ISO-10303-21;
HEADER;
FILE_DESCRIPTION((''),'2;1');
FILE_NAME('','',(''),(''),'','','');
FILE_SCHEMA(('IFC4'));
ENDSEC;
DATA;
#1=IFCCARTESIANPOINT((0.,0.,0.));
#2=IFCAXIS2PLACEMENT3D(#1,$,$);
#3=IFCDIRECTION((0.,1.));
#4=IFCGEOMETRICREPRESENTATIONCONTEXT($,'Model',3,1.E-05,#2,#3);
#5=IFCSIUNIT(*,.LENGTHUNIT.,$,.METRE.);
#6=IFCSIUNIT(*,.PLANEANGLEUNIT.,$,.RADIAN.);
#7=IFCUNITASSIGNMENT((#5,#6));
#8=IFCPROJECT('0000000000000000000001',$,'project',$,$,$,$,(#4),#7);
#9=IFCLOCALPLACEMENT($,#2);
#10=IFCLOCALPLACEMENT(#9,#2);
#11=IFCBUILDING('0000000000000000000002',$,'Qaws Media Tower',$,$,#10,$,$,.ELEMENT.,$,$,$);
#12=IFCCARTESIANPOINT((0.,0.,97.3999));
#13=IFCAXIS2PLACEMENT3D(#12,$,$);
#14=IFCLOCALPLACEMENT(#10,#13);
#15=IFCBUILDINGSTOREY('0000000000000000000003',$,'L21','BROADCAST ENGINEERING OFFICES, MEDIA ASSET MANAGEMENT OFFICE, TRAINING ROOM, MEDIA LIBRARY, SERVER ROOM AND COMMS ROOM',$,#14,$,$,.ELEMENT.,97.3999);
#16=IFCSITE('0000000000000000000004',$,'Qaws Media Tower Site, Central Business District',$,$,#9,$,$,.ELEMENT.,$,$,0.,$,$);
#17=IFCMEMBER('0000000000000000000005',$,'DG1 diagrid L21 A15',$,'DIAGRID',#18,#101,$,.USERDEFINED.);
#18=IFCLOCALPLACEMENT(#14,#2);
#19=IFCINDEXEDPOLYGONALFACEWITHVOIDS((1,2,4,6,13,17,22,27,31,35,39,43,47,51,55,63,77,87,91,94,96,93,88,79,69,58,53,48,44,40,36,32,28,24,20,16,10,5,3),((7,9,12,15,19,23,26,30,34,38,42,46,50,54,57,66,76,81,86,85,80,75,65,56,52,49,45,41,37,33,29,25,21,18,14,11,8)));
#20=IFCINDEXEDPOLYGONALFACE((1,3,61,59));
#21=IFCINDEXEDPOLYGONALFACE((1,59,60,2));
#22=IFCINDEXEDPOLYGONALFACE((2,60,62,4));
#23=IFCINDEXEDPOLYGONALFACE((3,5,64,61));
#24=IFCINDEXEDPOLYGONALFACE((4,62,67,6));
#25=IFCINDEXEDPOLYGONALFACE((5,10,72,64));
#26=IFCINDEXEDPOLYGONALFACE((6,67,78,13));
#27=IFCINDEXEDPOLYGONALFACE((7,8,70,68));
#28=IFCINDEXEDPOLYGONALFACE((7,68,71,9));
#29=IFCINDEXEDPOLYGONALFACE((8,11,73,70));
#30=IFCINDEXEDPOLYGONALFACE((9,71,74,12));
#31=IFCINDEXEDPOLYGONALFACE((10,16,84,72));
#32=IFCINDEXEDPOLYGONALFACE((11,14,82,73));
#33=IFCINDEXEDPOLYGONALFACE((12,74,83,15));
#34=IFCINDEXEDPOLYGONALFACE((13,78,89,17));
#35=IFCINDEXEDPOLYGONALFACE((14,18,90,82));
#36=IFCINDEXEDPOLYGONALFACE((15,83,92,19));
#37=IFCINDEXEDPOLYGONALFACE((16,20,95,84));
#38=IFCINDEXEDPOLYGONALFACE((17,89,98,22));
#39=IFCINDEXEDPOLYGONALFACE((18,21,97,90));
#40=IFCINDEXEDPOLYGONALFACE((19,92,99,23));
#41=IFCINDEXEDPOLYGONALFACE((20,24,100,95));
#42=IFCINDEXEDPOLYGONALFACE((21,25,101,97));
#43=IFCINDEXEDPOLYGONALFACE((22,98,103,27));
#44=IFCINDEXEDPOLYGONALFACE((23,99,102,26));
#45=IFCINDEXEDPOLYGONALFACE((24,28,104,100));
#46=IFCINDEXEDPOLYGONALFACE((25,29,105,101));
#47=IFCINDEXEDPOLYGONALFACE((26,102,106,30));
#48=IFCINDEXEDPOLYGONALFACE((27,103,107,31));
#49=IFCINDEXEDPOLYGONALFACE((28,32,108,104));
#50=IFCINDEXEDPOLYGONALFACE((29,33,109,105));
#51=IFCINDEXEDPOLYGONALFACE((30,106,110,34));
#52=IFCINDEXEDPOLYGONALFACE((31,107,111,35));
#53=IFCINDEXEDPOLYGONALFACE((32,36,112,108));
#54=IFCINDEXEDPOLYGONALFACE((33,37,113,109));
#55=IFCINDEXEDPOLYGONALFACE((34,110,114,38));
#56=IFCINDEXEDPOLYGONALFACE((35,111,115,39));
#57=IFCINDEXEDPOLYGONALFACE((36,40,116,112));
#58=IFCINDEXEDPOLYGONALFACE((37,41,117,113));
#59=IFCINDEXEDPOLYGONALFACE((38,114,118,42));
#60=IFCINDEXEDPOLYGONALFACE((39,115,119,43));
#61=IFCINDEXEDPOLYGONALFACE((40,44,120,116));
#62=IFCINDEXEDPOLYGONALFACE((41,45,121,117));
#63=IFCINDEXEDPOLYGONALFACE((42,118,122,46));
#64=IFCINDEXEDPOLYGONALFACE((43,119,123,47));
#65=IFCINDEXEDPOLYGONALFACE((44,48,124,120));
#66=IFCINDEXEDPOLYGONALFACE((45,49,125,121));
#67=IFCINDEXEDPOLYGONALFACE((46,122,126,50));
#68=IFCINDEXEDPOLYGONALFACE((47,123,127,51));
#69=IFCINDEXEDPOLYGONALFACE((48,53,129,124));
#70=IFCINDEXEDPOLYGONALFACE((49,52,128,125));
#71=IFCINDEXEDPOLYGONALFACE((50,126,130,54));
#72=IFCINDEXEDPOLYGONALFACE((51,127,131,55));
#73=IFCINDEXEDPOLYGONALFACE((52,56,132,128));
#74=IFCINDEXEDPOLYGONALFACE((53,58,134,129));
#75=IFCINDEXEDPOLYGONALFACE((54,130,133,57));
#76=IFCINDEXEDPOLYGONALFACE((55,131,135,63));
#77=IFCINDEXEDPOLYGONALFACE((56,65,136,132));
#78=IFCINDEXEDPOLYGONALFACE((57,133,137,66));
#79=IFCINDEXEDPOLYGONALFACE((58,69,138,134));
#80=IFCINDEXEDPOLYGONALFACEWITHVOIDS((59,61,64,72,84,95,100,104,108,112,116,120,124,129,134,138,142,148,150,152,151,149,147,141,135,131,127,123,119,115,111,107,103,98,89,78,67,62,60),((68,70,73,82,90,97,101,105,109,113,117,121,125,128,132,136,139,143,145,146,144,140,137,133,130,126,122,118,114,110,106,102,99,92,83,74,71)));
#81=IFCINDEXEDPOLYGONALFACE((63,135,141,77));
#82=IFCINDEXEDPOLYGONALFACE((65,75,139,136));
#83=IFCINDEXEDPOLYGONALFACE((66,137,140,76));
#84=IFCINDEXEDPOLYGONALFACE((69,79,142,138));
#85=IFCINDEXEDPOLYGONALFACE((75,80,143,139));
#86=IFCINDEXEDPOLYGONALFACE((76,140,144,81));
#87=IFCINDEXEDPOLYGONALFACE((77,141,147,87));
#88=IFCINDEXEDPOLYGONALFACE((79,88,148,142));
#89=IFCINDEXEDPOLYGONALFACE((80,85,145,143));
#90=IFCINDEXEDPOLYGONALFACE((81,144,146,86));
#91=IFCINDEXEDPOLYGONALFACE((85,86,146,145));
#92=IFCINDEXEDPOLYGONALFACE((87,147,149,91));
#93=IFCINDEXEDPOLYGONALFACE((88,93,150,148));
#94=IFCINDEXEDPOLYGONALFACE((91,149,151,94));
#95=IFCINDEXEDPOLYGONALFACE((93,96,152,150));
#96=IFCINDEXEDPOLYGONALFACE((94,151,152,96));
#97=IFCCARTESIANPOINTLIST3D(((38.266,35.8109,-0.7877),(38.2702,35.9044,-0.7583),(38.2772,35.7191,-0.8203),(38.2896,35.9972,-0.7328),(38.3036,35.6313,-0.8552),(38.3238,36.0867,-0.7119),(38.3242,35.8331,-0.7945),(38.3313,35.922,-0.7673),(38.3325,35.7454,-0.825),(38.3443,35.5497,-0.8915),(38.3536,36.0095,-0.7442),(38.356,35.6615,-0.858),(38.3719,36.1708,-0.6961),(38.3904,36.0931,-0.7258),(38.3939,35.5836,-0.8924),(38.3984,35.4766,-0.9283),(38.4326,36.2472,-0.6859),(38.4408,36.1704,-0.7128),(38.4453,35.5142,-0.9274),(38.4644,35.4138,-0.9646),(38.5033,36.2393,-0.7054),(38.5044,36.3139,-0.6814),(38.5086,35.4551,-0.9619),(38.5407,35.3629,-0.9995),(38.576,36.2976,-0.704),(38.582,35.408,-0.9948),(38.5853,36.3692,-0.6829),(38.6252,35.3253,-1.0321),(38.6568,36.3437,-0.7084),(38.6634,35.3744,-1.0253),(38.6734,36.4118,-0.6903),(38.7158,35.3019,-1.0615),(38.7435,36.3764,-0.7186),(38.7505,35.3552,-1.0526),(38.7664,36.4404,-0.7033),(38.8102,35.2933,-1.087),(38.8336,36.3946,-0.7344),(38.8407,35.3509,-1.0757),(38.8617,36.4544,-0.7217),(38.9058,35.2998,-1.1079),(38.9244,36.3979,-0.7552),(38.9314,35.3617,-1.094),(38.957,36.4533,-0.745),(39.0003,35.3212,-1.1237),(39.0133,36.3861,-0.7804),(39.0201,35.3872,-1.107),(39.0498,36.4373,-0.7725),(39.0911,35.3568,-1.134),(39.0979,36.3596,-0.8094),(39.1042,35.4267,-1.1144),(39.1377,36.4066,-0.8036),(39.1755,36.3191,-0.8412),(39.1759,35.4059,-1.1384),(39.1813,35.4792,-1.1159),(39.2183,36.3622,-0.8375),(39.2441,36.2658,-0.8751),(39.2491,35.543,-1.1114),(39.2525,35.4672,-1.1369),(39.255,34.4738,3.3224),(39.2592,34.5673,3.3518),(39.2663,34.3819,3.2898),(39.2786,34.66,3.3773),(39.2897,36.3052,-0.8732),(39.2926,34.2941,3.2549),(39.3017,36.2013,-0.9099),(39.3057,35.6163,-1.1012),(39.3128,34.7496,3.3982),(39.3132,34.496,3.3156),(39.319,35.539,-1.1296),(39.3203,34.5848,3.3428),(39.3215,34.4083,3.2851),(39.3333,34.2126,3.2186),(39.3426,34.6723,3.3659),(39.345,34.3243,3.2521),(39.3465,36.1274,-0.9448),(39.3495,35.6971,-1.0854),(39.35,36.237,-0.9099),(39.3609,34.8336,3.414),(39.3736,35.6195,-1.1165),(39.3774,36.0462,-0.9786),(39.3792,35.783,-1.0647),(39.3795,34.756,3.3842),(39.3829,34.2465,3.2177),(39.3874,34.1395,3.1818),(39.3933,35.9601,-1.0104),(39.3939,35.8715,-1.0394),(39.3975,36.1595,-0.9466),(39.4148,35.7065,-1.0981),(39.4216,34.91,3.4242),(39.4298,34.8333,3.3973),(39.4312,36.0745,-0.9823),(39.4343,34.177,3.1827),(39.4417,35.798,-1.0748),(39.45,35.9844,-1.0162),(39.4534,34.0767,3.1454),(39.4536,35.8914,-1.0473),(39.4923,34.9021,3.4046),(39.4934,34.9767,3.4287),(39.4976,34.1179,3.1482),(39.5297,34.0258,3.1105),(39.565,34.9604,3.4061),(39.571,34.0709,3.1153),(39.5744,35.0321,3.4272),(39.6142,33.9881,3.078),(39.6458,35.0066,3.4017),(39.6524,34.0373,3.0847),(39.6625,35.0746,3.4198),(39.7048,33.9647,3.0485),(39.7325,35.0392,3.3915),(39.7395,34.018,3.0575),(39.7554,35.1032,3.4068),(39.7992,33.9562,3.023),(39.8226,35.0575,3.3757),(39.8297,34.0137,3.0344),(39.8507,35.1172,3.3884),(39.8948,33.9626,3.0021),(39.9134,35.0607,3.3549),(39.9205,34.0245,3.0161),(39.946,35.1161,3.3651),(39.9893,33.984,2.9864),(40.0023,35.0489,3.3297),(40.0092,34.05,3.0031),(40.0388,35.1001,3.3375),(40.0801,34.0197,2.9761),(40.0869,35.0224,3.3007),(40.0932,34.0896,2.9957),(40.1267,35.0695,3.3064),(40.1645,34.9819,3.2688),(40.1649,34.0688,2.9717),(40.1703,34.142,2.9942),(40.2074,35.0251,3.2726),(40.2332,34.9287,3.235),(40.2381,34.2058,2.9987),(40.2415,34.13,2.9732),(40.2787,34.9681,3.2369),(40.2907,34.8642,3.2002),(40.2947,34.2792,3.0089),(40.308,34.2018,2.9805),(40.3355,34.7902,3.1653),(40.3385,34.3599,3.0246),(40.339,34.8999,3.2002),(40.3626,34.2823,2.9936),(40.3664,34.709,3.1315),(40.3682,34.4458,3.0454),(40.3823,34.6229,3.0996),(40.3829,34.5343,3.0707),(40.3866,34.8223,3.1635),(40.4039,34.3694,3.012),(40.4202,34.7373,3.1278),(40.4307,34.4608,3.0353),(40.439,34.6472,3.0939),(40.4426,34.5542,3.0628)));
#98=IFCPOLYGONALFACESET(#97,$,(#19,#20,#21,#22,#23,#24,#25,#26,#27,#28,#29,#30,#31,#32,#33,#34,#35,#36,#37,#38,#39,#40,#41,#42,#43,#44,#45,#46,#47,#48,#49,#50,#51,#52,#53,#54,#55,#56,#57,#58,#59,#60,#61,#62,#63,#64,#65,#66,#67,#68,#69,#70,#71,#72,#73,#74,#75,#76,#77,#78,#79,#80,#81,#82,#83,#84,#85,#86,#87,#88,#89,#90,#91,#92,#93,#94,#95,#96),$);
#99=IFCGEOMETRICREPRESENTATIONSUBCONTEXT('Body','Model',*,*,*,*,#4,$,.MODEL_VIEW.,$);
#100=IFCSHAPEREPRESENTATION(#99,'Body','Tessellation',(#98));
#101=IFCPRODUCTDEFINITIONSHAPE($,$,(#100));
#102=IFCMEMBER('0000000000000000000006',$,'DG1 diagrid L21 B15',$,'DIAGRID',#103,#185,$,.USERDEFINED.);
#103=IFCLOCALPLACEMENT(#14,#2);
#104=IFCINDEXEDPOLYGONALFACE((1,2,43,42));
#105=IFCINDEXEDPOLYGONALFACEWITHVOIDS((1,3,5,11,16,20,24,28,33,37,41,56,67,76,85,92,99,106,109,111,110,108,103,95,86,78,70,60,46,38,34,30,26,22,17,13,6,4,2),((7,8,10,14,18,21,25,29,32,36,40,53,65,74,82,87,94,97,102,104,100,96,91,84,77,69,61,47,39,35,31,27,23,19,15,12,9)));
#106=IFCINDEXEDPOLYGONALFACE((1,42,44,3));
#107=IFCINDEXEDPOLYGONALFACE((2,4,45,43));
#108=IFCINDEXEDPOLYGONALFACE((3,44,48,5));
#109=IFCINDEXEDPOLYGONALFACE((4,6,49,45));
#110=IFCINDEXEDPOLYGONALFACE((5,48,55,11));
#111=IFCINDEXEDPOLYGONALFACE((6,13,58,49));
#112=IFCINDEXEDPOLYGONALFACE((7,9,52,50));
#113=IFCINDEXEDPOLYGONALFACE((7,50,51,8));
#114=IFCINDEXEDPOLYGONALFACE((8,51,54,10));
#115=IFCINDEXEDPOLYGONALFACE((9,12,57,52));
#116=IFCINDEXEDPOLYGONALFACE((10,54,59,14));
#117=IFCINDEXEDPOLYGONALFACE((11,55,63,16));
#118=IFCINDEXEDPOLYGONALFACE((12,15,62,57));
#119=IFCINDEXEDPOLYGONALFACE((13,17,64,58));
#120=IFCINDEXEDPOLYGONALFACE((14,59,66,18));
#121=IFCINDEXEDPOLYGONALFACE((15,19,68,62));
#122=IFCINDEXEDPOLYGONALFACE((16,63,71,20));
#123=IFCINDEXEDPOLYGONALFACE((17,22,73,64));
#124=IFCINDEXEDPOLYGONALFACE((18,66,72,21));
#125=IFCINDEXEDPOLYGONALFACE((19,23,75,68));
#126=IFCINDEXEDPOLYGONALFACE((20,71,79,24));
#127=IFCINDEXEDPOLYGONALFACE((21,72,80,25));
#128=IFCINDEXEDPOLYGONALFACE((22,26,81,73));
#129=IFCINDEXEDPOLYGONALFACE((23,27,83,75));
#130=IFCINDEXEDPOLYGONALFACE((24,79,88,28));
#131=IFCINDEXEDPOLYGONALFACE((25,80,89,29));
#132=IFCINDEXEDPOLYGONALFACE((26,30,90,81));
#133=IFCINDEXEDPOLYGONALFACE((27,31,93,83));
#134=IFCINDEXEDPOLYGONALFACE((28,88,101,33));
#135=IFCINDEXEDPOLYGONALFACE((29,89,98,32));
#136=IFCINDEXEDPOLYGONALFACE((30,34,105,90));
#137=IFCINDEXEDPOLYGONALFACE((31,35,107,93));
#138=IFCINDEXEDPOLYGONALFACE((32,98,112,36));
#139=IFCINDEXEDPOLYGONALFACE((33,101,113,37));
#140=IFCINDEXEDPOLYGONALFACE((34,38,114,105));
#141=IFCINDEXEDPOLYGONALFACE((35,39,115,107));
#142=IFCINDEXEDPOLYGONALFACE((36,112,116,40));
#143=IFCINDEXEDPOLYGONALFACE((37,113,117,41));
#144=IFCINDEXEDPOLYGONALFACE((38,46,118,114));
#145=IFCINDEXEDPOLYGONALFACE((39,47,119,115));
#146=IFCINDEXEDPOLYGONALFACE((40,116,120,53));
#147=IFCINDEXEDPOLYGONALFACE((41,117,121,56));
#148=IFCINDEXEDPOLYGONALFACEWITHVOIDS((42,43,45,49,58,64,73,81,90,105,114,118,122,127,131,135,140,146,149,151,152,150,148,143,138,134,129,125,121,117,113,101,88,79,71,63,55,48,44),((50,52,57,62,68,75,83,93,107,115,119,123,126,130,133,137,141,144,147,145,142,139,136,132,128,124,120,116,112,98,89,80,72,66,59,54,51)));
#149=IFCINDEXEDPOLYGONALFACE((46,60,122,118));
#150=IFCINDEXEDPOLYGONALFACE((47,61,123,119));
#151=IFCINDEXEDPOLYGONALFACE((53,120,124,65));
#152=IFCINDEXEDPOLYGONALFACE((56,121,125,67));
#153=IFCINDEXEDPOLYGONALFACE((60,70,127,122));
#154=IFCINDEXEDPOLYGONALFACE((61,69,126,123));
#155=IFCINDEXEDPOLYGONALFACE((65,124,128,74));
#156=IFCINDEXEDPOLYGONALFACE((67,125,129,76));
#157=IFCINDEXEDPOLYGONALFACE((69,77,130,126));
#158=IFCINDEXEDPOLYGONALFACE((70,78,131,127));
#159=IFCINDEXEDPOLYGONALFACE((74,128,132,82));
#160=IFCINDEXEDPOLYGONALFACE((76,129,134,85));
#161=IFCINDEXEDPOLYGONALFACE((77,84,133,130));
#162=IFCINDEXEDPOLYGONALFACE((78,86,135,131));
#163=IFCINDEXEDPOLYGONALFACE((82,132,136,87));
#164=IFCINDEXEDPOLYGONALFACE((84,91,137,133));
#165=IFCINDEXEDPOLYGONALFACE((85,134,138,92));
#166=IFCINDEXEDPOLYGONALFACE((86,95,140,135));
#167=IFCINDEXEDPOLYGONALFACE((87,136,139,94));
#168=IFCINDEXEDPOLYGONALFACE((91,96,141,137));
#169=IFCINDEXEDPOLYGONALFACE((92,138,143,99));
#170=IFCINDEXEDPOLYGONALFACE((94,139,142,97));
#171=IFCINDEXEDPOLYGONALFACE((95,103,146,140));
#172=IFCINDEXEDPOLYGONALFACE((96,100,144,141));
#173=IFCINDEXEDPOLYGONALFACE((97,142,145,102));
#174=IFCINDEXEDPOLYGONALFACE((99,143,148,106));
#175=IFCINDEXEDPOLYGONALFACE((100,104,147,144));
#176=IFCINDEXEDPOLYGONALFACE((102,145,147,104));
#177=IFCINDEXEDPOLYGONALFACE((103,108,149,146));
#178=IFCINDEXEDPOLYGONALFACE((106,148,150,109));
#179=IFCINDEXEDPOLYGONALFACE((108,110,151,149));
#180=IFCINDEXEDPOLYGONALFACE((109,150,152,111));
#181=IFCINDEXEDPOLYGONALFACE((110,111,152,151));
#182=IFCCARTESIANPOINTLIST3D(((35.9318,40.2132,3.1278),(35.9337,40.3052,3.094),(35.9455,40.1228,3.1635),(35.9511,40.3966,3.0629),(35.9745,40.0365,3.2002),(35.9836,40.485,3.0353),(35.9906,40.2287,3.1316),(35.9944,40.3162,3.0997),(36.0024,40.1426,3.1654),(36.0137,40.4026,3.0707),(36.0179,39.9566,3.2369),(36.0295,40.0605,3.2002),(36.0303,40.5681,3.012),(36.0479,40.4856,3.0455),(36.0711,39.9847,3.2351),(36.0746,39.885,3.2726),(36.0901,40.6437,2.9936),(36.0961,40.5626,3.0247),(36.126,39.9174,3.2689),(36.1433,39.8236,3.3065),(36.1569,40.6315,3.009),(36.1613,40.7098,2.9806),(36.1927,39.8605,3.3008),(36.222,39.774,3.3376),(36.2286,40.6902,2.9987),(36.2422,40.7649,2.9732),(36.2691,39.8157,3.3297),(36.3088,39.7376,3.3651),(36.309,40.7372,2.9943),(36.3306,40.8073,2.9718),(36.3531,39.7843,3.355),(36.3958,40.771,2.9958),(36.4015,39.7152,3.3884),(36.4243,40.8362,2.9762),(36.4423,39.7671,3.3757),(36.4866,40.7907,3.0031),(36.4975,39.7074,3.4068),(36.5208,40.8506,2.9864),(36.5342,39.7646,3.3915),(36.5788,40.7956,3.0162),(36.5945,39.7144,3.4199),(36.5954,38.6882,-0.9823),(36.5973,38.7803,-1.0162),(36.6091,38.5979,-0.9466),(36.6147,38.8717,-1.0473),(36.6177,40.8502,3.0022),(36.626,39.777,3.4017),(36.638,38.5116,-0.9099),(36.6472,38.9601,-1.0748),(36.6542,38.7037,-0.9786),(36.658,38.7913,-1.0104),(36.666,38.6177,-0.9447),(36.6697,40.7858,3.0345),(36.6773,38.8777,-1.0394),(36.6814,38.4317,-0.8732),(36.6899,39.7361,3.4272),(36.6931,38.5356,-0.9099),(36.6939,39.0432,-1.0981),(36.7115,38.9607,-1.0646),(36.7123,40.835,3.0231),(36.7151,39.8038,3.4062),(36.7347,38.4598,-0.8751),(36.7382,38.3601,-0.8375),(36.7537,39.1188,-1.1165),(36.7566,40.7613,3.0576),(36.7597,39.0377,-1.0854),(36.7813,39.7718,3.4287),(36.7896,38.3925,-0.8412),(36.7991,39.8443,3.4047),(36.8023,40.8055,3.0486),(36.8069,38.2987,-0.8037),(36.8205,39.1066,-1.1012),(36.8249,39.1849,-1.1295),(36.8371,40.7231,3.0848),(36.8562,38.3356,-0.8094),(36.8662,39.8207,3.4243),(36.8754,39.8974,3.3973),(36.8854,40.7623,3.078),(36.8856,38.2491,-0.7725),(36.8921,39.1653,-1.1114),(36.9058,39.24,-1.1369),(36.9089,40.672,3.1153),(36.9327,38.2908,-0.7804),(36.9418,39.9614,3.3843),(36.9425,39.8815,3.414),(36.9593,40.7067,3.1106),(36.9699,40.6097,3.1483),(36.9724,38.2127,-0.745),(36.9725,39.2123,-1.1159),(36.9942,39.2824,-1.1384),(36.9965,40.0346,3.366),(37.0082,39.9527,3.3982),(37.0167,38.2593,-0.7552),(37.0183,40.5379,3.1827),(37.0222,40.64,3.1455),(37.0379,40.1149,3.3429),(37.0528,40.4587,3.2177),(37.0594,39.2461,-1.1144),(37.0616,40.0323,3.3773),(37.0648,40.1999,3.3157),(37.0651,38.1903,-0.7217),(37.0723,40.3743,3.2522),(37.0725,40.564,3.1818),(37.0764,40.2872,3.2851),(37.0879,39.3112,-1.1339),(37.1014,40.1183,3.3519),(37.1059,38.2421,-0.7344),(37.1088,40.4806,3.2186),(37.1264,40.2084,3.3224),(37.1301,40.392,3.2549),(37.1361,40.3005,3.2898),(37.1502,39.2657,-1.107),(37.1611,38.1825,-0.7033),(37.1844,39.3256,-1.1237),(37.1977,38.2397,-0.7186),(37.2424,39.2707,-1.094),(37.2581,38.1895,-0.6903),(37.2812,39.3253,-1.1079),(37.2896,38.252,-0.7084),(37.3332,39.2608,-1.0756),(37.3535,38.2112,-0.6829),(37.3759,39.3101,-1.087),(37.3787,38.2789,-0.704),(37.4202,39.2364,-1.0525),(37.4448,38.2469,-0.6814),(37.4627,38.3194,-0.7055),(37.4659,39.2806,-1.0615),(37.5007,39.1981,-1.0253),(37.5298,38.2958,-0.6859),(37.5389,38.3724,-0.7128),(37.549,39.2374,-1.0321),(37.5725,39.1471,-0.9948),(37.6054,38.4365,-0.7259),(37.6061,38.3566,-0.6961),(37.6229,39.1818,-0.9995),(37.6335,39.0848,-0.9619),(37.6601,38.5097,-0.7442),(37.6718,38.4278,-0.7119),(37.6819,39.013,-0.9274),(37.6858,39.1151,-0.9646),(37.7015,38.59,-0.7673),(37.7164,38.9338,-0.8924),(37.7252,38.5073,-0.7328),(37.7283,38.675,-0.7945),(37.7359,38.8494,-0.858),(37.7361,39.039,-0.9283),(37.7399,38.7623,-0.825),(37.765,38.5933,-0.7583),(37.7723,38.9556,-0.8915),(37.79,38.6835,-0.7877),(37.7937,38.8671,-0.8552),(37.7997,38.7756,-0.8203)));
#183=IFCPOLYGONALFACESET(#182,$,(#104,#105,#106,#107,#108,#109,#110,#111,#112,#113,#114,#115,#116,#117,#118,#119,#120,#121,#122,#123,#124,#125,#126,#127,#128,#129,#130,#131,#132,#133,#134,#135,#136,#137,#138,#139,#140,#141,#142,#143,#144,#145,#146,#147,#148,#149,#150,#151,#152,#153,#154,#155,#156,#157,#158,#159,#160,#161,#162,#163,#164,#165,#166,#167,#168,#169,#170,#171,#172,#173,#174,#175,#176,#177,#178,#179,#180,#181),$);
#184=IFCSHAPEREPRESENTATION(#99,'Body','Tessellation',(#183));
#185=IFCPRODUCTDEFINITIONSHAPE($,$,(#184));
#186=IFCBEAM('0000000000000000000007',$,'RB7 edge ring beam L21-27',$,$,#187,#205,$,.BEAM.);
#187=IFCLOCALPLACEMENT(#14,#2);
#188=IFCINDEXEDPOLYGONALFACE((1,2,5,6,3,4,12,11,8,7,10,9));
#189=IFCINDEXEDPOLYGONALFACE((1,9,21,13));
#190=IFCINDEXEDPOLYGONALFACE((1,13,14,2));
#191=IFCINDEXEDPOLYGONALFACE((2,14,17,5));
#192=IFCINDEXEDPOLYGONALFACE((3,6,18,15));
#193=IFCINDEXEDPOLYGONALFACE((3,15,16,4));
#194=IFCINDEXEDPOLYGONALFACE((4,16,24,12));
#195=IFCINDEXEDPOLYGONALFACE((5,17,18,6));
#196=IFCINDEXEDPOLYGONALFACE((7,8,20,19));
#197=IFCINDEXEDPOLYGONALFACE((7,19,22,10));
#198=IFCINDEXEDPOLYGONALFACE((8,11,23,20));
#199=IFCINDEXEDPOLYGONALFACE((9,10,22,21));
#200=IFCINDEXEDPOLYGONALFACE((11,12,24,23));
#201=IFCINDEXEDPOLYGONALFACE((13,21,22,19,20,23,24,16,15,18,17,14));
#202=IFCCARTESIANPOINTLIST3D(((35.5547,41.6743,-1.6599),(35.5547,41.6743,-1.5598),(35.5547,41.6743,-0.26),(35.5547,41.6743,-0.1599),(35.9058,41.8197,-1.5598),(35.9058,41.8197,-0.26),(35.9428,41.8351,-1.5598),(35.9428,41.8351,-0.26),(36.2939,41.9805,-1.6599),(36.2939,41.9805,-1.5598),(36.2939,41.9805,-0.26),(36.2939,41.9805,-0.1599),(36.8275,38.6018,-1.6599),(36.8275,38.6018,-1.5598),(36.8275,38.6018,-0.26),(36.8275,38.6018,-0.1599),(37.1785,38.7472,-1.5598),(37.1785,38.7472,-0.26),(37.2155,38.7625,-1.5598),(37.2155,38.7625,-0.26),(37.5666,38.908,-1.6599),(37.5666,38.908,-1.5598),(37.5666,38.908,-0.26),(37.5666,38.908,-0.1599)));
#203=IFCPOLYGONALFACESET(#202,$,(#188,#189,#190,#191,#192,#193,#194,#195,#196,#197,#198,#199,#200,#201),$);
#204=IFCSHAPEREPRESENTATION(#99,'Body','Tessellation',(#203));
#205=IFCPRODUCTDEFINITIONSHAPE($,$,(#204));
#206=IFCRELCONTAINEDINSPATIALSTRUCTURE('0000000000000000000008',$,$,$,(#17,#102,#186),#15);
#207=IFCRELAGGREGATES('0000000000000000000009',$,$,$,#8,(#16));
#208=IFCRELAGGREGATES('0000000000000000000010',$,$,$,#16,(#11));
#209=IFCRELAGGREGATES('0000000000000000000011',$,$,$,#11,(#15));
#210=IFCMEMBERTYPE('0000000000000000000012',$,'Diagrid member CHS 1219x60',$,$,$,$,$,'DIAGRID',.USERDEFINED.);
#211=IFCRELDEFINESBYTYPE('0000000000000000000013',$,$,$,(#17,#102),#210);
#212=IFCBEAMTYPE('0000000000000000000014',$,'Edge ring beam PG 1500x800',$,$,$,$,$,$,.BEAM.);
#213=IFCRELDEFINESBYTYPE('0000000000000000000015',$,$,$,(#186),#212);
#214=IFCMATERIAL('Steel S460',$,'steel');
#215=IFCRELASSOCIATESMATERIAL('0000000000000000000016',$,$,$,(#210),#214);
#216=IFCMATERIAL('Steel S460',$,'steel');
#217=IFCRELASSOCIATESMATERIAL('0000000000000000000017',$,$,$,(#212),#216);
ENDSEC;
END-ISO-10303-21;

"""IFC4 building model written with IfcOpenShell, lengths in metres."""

from ifc_helpers import new_model, si_unit, direction, frame, origin, origin_2d, place, context, subcontext, project, spatial, hollow_circle, i_section, extrude, material, material_profile, profile_set, type_object, element, save


model = new_model("IFC4")

# Units and contexts
model_context = context("Model", 3, precision=1e-05, world=origin(), true_north=direction((0.0, 1.0)))
body_context = subcontext(model_context, "Body", "Model", "MODEL_VIEW")
ifc_project = project(units=[si_unit("LENGTHUNIT", "METRE"), si_unit("PLANEANGLEUNIT", "RADIAN")], contexts=[model_context])

# Site, building, storey
site_placement = place(None, origin())
site = spatial("IfcSite", under=ifc_project, at=site_placement, Name="Qaws Media Tower Site, Central Business District", CompositionType="ELEMENT", RefElevation=0.0)
building_placement = place(site_placement, origin())
building = spatial("IfcBuilding", under=site, at=building_placement, Name="Qaws Media Tower", CompositionType="ELEMENT")
storey_placement = place(building_placement, frame((0.0, 0.0, 97.3999)))
storey = spatial("IfcBuildingStorey", under=building, at=storey_placement, Name="L21", Description="BROADCAST ENGINEERING OFFICES, MEDIA ASSET MANAGEMENT OFFICE, TRAINING ROOM, MEDIA LIBRARY, SERVER ROOM AND COMMS ROOM", CompositionType="ELEMENT", Elevation=97.3999)

# Members
ifc_material_1 = material(Name="Steel S460", Category="steel")
ifc_material_profile_1 = material_profile(ifc_material_1, hollow_circle(Radius=0.6096, WallThickness=0.0601, at=origin_2d()), Name="CHS 1219x60")
ifc_profile_set_1 = profile_set([ifc_material_profile_1], Name="Steel S460")
member_type_1 = type_object("IfcMemberType", Name="Diagrid member CHS 1219x60", ElementType="DIAGRID", PredefinedType="USERDEFINED", material=ifc_profile_set_1)
for number, where, z_axis, x_axis, name in (
    (1, (38.8599, 35.8745, -0.9099), (0.223059, -0.301579, 0.926982), (0.803981, 0.594655, 0.0), "DG1 diagrid L21 A15"),
    (2, (37.197, 38.7549, -0.9099), (-0.149662, 0.343926, 0.926993), (-0.916944, -0.399016, 0.0), "DG1 diagrid L21 B15"),
):
    element("IfcMember", number, at=place(storey_placement, frame(where, z_axis=z_axis, x_axis=x_axis)), inside=storey, type_object=member_type_1, Name=name, ObjectType="DIAGRID", PredefinedType="USERDEFINED", context=body_context, shape_type="SweptSolid", body=[
        extrude(hollow_circle(Radius=0.6096, WallThickness=0.0601, at=origin_2d()), origin(), (0.0, 0.0, 1.0), 4.4338),
    ])

# Beam
ifc_material_2 = material(Name="Steel S460", Category="steel")
ifc_material_profile_2 = material_profile(ifc_material_2, i_section(OverallWidth=0.8, OverallDepth=1.5, WebThickness=0.04, FlangeThickness=0.1001, at=origin_2d()), Name="PG 1500x800")
ifc_profile_set_2 = profile_set([ifc_material_profile_2], Name="Steel S460")
beam_type = type_object("IfcBeamType", Name="Edge ring beam PG 1500x800", PredefinedType="BEAM", material=ifc_profile_set_2)
beam_1_placement = place(storey_placement, frame((35.9243, 41.8274, -0.9099), z_axis=(0.382691, -0.923876, 0.0), x_axis=(0.923876, 0.382691, 0.0)))
element("IfcBeam", 3, at=beam_1_placement, inside=storey, type_object=beam_type, Name="RB7 edge ring beam L21-27", PredefinedType="BEAM", context=body_context, shape_type="SweptSolid", body=[
    extrude(i_section(OverallWidth=0.8, OverallDepth=1.5, WebThickness=0.04, FlangeThickness=0.1001, at=origin_2d()), origin(), (0.0, 0.0, 1.0), 3.3257),
])

save(model, "model.ifc")
